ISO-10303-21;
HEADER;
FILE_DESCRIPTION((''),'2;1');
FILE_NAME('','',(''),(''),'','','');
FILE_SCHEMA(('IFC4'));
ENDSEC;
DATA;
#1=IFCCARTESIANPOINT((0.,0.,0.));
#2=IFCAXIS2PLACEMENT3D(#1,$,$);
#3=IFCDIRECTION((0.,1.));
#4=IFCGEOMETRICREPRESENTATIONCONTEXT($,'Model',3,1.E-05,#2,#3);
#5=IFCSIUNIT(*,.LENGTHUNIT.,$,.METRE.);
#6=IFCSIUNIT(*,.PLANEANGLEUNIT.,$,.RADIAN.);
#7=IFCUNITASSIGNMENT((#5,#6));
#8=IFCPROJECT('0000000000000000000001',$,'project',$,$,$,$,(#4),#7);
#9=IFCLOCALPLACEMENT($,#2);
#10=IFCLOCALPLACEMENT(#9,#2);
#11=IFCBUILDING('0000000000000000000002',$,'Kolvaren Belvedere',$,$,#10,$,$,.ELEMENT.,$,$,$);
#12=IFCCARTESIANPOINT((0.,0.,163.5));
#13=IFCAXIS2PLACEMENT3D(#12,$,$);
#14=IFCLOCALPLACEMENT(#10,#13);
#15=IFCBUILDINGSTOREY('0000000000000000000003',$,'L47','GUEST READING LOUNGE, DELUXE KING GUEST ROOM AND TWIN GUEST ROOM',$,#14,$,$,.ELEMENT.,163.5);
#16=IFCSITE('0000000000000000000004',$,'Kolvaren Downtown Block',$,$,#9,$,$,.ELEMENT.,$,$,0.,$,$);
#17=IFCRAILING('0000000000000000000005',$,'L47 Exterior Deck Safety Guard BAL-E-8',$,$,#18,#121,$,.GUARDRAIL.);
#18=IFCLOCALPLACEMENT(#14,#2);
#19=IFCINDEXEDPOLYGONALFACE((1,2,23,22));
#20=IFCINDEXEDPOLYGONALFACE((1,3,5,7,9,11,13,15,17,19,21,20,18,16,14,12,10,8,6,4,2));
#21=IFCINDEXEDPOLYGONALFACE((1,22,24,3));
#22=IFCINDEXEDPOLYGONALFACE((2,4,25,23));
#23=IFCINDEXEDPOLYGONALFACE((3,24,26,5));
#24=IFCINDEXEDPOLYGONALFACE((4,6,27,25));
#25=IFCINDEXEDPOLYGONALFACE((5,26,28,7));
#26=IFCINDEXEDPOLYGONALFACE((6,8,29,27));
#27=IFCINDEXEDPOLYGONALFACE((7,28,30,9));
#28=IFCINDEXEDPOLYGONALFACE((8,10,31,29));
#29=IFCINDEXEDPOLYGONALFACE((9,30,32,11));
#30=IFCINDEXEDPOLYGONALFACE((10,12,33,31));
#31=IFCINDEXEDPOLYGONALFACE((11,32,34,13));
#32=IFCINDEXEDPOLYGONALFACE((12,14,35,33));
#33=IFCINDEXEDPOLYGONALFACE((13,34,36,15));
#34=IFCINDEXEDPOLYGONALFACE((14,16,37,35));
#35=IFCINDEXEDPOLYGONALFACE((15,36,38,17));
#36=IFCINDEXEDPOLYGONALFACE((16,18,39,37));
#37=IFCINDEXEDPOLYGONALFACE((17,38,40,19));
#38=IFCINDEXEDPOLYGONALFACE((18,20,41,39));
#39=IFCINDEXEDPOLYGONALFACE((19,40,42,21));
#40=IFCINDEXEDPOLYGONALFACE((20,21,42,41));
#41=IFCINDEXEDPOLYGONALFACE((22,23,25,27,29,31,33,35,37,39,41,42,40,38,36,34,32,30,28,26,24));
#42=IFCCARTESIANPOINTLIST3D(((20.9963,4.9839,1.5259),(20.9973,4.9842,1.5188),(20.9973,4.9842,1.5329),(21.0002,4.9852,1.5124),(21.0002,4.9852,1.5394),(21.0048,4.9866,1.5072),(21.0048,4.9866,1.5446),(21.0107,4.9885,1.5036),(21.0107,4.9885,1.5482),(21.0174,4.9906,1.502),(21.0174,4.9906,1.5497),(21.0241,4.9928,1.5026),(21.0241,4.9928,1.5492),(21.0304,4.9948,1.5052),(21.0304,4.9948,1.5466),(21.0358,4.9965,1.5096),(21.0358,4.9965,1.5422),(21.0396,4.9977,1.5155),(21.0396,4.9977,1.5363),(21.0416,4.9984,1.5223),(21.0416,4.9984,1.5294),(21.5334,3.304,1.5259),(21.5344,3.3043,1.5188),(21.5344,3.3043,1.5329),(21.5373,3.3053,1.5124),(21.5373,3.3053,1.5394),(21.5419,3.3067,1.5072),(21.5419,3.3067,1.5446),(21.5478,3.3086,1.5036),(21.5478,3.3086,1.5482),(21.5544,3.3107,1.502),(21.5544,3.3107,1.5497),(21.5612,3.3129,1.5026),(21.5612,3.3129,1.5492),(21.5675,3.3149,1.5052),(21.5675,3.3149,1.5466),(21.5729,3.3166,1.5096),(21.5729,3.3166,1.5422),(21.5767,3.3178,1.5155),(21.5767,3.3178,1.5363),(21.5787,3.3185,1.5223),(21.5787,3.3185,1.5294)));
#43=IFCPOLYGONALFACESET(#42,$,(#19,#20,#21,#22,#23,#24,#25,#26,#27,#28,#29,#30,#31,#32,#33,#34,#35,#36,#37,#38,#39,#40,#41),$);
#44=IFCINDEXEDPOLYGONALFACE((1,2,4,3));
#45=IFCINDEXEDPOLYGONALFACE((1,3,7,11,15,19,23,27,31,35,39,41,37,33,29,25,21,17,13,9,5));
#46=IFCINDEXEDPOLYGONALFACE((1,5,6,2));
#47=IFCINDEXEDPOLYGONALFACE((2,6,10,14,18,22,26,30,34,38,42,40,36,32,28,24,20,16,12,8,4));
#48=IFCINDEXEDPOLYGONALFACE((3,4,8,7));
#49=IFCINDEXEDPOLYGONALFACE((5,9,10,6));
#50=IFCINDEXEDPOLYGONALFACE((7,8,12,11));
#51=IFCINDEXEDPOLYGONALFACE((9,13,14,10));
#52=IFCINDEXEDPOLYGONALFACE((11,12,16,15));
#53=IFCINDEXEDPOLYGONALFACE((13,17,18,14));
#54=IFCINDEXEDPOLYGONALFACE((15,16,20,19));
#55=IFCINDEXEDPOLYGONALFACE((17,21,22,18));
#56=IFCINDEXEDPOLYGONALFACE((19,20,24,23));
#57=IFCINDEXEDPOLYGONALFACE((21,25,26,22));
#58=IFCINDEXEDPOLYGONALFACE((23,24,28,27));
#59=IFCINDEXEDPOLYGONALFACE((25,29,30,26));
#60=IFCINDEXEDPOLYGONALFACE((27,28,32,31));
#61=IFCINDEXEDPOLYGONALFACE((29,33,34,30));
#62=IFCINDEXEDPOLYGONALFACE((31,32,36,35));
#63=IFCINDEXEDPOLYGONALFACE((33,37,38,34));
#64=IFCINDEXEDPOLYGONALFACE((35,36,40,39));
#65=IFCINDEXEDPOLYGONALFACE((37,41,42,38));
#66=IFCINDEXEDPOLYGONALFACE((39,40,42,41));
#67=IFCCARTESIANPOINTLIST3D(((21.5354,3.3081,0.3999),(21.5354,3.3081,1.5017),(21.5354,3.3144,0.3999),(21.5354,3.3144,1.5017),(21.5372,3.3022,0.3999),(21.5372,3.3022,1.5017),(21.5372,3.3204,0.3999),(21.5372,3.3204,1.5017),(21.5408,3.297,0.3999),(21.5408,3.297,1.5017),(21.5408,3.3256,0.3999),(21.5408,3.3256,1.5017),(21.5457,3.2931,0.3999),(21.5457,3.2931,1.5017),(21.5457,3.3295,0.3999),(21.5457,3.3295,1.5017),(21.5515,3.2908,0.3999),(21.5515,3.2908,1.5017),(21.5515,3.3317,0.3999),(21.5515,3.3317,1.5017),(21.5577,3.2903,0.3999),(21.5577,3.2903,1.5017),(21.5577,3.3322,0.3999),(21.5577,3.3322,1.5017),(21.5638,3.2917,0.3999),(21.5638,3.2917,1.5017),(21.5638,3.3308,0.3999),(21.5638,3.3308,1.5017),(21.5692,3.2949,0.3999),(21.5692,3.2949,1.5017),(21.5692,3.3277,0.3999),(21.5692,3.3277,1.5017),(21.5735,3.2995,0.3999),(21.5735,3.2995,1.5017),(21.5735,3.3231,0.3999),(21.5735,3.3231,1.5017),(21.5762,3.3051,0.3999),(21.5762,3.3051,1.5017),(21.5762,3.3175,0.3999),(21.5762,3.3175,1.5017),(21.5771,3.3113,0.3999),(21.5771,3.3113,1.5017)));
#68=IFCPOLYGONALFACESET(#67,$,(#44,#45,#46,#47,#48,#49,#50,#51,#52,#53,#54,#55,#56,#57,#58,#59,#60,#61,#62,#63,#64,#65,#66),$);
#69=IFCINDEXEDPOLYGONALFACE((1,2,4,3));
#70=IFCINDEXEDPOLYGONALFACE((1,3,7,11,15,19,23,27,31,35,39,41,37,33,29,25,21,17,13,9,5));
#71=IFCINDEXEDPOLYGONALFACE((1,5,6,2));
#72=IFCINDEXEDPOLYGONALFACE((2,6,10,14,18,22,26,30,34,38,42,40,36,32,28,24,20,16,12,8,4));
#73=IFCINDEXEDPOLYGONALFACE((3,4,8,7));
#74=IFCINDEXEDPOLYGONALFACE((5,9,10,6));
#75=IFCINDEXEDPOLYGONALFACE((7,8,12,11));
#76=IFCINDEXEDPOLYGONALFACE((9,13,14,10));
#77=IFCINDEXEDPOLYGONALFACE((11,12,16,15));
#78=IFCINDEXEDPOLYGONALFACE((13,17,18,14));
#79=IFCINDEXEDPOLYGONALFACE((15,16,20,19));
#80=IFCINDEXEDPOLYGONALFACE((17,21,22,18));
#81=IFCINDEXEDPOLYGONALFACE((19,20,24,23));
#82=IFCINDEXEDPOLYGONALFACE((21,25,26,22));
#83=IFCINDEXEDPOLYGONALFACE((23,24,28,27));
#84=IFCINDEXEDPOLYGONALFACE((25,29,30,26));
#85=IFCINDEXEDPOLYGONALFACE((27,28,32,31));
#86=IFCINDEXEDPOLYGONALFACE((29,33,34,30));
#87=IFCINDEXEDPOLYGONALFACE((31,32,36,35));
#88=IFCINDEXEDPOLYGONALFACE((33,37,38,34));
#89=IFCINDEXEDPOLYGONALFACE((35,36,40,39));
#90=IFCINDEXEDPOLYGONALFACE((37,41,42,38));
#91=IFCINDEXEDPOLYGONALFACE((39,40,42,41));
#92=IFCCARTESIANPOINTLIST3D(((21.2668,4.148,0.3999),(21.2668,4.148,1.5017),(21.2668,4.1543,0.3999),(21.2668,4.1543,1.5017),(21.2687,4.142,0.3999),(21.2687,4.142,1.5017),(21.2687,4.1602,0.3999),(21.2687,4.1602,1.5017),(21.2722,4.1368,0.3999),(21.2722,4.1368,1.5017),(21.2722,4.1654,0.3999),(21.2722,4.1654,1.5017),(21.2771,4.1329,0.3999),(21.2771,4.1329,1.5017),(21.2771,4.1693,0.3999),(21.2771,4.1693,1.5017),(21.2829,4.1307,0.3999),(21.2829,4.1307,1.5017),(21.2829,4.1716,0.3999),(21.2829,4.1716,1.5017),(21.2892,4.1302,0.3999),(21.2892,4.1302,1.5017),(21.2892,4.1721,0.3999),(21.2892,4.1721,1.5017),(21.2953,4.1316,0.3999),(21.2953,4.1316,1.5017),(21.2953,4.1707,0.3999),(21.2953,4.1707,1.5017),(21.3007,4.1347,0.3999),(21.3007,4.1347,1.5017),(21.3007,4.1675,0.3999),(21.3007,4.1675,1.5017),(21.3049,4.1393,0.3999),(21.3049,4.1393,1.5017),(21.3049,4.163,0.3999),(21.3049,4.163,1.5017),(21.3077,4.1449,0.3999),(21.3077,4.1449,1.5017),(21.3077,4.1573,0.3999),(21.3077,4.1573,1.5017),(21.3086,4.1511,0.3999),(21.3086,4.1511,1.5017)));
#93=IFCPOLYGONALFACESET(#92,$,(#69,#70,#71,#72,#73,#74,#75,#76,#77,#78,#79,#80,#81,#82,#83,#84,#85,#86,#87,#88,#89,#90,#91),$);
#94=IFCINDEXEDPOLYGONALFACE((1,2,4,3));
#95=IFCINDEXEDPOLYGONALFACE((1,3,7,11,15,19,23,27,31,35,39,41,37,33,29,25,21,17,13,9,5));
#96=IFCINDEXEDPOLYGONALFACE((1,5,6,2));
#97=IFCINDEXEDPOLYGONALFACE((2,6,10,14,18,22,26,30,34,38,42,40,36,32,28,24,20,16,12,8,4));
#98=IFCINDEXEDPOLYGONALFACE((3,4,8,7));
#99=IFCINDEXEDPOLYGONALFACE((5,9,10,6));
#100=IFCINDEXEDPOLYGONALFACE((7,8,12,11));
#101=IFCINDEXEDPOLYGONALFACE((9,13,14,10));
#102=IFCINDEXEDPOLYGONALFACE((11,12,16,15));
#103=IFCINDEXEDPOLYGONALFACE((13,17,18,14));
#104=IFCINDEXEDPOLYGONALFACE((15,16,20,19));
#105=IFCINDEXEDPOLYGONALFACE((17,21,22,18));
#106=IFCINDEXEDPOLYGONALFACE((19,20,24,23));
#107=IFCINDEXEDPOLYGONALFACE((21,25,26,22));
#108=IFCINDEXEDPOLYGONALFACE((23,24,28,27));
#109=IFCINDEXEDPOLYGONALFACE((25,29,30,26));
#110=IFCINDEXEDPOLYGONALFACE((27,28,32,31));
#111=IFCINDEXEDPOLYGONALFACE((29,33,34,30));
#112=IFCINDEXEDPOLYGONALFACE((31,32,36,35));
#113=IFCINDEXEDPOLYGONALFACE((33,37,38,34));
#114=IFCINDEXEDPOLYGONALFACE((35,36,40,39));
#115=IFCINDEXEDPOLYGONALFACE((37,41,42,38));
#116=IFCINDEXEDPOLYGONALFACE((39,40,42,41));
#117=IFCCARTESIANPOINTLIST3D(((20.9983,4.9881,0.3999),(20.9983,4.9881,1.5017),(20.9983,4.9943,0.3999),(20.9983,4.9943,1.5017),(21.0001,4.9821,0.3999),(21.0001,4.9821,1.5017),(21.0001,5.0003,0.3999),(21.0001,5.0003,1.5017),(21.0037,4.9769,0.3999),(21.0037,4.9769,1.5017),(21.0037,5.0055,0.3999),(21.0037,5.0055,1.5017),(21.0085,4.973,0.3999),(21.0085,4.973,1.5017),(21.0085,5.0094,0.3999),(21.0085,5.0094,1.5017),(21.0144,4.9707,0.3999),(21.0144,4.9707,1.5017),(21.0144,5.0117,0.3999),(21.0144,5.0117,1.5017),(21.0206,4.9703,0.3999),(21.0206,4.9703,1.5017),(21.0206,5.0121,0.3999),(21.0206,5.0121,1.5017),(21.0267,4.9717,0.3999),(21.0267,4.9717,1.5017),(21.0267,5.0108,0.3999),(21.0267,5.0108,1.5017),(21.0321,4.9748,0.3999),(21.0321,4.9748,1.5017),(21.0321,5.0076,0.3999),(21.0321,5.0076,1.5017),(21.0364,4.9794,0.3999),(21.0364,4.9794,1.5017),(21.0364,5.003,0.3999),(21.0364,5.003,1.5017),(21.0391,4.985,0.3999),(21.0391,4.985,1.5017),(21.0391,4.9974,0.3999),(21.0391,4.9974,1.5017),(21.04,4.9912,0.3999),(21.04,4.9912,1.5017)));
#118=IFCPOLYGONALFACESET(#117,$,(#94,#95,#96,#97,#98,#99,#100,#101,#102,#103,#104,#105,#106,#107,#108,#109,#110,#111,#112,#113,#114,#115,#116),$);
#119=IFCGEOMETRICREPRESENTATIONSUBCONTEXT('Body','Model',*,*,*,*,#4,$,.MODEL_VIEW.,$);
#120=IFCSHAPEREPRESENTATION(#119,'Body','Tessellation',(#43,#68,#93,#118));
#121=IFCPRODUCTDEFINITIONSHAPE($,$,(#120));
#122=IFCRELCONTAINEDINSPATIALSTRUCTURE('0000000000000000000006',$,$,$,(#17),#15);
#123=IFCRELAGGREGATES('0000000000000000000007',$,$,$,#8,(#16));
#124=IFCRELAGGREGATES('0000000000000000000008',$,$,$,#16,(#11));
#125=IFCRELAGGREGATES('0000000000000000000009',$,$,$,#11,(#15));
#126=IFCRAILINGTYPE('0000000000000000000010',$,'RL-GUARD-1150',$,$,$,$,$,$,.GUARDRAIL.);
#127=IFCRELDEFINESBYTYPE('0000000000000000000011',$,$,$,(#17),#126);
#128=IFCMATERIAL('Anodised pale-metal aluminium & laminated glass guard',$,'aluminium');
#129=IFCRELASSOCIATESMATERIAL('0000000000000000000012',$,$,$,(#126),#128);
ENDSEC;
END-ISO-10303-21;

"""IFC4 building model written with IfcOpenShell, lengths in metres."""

from ifc_helpers import new_model, si_unit, direction, frame, origin, origin_2d, place, context, subcontext, project, spatial, circle, extrude, material, type_object, element, save


model = new_model("IFC4")

# Units and contexts
model_context = context("Model", 3, precision=1e-05, world=origin(), true_north=direction((0.0, 1.0)))
body_context = subcontext(model_context, "Body", "Model", "MODEL_VIEW")
ifc_project = project(units=[si_unit("LENGTHUNIT", "METRE"), si_unit("PLANEANGLEUNIT", "RADIAN")], contexts=[model_context])

# Site, building, storey
site_placement = place(None, origin())
site = spatial("IfcSite", under=ifc_project, at=site_placement, Name="Kolvaren Downtown Block", CompositionType="ELEMENT", RefElevation=0.0)
building_placement = place(site_placement, origin())
building = spatial("IfcBuilding", under=site, at=building_placement, Name="Kolvaren Belvedere", CompositionType="ELEMENT")
storey_placement = place(building_placement, frame((0.0, 0.0, 163.5)))
storey = spatial("IfcBuildingStorey", under=building, at=storey_placement, Name="L47", Description="GUEST READING LOUNGE, DELUXE KING GUEST ROOM AND TWIN GUEST ROOM", CompositionType="ELEMENT", Elevation=163.5)

# Railing
ifc_material_1 = material(Name="Anodised pale-metal aluminium & laminated glass guard", Category="aluminium")
railing_type = type_object("IfcRailingType", Name="RL-GUARD-1150", PredefinedType="GUARDRAIL", material=ifc_material_1)
railing_1_placement = place(storey_placement, frame((21.5562, 3.3113, 0.3999)))
element("IfcRailing", 1, at=railing_1_placement, inside=storey, type_object=railing_type, Name="L47 Exterior Deck Safety Guard BAL-E-8", PredefinedType="GUARDRAIL", context=body_context, shape_type="SweptSolid", body=[
    extrude(circle(Radius=0.0239, at=origin_2d()), frame((0.0, 0.0, 1.126), z_axis=(-0.304535, 0.952501, 0.0), x_axis=(-0.952501, -0.304535, 0.0)), (0.0, 0.0, 1.0), 1.7637),
    extrude(circle(Radius=0.021, at=origin_2d()), origin(), (0.0, 0.0, 1.0), 1.1018),
    extrude(circle(Radius=0.021, at=origin_2d()), frame((-0.2686, 0.8398, 0.0)), (0.0, 0.0, 1.0), 1.1018),
    extrude(circle(Radius=0.021, at=origin_2d()), frame((-0.5371, 1.6799, 0.0)), (0.0, 0.0, 1.0), 1.1018),
])

save(model, "model.ifc")
